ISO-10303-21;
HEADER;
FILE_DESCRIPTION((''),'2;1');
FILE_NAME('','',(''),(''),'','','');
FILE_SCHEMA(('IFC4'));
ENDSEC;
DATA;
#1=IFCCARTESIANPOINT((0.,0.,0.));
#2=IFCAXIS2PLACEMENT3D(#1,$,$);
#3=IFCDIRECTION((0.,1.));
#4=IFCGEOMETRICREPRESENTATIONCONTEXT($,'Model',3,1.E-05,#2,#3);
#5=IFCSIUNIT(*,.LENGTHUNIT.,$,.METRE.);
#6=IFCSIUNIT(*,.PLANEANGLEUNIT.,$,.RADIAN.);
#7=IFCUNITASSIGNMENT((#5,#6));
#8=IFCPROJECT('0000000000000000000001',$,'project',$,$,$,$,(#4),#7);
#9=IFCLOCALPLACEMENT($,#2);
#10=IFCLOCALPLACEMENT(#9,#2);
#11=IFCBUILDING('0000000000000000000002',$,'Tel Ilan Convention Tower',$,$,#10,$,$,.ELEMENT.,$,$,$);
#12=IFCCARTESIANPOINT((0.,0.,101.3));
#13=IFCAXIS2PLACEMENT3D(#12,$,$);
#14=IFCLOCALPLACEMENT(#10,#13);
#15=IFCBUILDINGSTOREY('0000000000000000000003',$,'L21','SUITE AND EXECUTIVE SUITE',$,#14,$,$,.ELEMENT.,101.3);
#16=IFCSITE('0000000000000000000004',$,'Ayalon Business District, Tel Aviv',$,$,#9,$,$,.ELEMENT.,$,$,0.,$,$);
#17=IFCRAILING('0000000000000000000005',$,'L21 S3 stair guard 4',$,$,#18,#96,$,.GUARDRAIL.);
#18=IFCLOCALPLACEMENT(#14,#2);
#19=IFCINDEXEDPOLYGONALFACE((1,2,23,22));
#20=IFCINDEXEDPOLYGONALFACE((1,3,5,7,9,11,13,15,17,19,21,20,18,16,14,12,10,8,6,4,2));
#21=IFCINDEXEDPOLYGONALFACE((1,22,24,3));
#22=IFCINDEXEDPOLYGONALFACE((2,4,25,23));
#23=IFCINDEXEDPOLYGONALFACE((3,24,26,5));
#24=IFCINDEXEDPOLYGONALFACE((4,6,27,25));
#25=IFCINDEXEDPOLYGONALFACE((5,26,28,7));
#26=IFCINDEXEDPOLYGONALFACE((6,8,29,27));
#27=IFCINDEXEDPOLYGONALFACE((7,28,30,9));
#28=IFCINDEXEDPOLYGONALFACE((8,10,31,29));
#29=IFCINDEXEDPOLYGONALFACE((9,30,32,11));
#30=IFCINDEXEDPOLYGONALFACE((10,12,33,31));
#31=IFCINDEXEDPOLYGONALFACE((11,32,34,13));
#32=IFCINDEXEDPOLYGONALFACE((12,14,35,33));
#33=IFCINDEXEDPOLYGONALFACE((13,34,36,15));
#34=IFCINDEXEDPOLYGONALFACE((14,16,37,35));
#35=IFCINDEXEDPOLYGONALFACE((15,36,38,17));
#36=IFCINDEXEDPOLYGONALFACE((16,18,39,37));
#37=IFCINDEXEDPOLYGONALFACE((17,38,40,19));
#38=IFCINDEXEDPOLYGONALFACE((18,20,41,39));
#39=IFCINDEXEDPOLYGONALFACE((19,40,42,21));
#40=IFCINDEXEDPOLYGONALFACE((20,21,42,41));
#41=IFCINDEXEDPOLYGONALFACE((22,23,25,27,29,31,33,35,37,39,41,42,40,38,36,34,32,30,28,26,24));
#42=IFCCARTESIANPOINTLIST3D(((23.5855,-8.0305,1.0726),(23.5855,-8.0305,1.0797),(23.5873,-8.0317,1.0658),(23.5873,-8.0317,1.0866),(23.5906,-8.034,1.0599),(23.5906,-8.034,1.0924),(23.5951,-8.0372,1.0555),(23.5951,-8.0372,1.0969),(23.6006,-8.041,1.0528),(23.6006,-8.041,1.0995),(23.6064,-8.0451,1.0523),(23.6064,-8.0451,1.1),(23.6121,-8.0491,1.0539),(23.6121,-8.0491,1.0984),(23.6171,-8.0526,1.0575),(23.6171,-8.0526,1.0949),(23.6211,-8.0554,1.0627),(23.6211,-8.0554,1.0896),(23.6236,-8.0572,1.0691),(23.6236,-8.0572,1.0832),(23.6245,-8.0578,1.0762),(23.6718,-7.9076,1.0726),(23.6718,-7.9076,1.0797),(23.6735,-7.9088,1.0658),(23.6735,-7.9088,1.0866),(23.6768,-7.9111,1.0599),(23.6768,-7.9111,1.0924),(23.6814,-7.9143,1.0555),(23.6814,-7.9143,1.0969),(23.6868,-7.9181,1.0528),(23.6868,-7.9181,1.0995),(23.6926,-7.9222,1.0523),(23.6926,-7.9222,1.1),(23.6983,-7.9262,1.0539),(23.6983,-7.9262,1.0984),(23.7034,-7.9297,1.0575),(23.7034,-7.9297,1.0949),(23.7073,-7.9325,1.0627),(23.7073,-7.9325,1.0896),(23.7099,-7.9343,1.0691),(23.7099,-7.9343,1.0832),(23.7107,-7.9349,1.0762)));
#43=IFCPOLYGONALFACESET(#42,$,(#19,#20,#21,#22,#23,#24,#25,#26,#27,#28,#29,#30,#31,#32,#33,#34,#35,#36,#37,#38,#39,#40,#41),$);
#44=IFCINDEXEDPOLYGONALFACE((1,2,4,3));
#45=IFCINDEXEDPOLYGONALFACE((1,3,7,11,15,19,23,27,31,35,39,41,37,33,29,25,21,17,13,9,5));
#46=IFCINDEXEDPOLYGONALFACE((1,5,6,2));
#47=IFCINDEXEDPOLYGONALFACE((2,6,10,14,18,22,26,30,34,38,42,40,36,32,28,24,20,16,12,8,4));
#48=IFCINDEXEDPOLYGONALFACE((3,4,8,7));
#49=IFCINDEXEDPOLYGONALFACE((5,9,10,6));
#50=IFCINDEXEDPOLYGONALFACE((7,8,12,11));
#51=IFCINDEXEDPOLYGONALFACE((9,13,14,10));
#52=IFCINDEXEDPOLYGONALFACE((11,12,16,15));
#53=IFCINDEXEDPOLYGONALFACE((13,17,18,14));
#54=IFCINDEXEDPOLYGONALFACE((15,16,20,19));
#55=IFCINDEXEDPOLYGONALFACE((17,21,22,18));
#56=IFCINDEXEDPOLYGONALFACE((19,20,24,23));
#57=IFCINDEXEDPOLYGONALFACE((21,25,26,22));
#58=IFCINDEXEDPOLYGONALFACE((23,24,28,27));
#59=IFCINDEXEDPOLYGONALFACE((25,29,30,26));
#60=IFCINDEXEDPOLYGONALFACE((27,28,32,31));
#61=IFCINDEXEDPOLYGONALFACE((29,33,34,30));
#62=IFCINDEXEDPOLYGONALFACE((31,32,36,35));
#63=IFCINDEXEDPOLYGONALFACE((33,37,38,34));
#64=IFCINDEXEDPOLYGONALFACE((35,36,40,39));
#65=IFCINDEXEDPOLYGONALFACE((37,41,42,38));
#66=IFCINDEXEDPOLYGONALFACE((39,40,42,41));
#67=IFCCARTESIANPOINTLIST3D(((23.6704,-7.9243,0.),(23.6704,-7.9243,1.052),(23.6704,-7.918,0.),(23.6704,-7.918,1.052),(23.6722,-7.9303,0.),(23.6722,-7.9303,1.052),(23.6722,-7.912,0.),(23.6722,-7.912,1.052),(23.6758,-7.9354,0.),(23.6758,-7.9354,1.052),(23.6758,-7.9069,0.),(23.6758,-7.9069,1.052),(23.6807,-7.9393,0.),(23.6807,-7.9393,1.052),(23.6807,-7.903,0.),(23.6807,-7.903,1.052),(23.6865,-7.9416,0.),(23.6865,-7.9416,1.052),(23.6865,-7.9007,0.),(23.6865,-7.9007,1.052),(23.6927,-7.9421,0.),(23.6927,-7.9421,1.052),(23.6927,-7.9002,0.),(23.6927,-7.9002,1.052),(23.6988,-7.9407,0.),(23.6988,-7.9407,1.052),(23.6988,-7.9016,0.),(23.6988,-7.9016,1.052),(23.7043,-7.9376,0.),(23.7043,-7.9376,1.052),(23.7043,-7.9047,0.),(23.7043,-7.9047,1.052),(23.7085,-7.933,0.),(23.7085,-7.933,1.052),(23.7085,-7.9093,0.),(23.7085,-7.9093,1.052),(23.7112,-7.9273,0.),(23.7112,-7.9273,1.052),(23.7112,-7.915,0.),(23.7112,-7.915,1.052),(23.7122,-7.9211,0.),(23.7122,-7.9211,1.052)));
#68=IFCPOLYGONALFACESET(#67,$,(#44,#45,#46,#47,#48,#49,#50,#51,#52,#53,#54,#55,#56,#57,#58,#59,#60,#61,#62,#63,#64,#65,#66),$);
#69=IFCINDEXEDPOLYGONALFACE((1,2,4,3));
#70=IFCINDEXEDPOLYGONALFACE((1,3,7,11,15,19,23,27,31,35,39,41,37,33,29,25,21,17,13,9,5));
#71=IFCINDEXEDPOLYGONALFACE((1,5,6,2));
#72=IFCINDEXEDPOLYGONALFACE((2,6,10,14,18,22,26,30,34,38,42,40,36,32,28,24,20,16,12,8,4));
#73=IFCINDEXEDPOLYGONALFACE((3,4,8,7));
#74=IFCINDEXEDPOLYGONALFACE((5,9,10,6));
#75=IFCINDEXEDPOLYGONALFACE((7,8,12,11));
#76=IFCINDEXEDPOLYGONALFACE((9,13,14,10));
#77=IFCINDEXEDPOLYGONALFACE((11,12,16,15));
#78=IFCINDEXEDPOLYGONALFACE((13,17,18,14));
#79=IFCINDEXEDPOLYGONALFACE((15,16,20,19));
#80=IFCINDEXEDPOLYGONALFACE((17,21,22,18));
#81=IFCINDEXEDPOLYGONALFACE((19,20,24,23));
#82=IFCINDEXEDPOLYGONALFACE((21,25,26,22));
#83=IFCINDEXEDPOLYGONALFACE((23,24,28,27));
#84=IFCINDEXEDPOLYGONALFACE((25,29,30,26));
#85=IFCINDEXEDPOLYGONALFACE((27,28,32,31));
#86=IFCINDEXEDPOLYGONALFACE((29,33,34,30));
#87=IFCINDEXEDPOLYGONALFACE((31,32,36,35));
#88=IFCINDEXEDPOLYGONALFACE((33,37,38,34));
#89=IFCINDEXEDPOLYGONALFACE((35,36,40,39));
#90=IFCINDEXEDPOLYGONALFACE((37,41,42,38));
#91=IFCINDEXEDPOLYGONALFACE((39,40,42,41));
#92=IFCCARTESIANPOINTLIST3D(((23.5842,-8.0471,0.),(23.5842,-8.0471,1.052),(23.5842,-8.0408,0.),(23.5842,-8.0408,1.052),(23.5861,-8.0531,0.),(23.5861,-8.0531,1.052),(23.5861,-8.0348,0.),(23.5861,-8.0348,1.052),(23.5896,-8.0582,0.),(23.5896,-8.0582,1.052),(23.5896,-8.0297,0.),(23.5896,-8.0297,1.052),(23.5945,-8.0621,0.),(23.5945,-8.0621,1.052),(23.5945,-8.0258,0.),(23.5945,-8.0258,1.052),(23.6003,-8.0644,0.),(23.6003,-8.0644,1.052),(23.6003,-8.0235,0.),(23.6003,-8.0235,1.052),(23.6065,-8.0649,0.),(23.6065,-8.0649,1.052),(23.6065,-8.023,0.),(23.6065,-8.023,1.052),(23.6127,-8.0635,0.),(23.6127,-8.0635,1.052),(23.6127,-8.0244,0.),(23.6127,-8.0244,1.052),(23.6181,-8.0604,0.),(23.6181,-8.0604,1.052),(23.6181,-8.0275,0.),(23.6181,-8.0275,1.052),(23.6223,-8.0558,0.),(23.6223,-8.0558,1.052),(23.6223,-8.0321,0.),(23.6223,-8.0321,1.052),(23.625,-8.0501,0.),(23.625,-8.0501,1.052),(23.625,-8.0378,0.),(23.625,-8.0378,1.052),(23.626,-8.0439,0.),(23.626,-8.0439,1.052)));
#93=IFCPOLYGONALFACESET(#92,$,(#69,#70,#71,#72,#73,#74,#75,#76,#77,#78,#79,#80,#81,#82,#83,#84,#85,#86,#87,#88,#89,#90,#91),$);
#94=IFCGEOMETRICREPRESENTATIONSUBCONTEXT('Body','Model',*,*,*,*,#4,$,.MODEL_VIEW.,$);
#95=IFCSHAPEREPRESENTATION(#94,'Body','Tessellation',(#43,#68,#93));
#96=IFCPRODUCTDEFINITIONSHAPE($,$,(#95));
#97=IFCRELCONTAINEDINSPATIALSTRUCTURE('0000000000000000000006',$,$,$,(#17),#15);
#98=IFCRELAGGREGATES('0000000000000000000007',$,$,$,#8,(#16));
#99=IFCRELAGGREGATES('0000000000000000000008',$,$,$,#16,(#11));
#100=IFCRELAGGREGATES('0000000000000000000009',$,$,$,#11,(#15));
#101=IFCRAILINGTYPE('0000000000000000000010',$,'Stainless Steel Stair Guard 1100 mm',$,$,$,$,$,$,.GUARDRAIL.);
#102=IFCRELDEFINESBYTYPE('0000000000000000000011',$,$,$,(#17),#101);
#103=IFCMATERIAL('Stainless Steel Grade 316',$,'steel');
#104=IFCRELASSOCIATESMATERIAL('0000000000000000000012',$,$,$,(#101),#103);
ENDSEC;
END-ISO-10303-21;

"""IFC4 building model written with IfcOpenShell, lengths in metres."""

from ifc_helpers import new_model, si_unit, direction, frame, origin, origin_2d, place, context, subcontext, project, spatial, circle, extrude, material, type_object, element, save


model = new_model("IFC4")

# Units and contexts
model_context = context("Model", 3, precision=1e-05, world=origin(), true_north=direction((0.0, 1.0)))
body_context = subcontext(model_context, "Body", "Model", "MODEL_VIEW")
ifc_project = project(units=[si_unit("LENGTHUNIT", "METRE"), si_unit("PLANEANGLEUNIT", "RADIAN")], contexts=[model_context])

# Site, building, storey
site_placement = place(None, origin())
site = spatial("IfcSite", under=ifc_project, at=site_placement, Name="Ayalon Business District, Tel Aviv", CompositionType="ELEMENT", RefElevation=0.0)
building_placement = place(site_placement, origin())
building = spatial("IfcBuilding", under=site, at=building_placement, Name="Tel Ilan Convention Tower", CompositionType="ELEMENT")
storey_placement = place(building_placement, frame((0.0, 0.0, 101.3)))
storey = spatial("IfcBuildingStorey", under=building, at=storey_placement, Name="L21", Description="SUITE AND EXECUTIVE SUITE", CompositionType="ELEMENT", Elevation=101.3)

# Railing
ifc_material_1 = material(Name="Stainless Steel Grade 316", Category="steel")
railing_type_1 = type_object("IfcRailingType", Name="Stainless Steel Stair Guard 1100 mm", PredefinedType="GUARDRAIL", material=ifc_material_1)
railing_1_placement = place(storey_placement, frame((23.6912, -7.9211, 0.0)))
element("IfcRailing", 1, at=railing_1_placement, inside=storey, type_object=railing_type_1, Name="L21 S3 stair guard 4", PredefinedType="GUARDRAIL", context=body_context, shape_type="SweptSolid", body=[
    extrude(circle(Radius=0.0239, at=origin_2d()), frame((0.0, 0.0, 1.0762), z_axis=(-0.574445, -0.818543, 0.0), x_axis=(0.818543, -0.574445, 0.0)), (0.0, 0.0, 1.0), 0.1501),
    extrude(circle(Radius=0.021, at=origin_2d()), origin(), (0.0, 0.0, 1.0), 1.052),
    extrude(circle(Radius=0.021, at=origin_2d()), frame((-0.0862, -0.1228, 0.0)), (0.0, 0.0, 1.0), 1.052),
])

save(model, "model.ifc")
